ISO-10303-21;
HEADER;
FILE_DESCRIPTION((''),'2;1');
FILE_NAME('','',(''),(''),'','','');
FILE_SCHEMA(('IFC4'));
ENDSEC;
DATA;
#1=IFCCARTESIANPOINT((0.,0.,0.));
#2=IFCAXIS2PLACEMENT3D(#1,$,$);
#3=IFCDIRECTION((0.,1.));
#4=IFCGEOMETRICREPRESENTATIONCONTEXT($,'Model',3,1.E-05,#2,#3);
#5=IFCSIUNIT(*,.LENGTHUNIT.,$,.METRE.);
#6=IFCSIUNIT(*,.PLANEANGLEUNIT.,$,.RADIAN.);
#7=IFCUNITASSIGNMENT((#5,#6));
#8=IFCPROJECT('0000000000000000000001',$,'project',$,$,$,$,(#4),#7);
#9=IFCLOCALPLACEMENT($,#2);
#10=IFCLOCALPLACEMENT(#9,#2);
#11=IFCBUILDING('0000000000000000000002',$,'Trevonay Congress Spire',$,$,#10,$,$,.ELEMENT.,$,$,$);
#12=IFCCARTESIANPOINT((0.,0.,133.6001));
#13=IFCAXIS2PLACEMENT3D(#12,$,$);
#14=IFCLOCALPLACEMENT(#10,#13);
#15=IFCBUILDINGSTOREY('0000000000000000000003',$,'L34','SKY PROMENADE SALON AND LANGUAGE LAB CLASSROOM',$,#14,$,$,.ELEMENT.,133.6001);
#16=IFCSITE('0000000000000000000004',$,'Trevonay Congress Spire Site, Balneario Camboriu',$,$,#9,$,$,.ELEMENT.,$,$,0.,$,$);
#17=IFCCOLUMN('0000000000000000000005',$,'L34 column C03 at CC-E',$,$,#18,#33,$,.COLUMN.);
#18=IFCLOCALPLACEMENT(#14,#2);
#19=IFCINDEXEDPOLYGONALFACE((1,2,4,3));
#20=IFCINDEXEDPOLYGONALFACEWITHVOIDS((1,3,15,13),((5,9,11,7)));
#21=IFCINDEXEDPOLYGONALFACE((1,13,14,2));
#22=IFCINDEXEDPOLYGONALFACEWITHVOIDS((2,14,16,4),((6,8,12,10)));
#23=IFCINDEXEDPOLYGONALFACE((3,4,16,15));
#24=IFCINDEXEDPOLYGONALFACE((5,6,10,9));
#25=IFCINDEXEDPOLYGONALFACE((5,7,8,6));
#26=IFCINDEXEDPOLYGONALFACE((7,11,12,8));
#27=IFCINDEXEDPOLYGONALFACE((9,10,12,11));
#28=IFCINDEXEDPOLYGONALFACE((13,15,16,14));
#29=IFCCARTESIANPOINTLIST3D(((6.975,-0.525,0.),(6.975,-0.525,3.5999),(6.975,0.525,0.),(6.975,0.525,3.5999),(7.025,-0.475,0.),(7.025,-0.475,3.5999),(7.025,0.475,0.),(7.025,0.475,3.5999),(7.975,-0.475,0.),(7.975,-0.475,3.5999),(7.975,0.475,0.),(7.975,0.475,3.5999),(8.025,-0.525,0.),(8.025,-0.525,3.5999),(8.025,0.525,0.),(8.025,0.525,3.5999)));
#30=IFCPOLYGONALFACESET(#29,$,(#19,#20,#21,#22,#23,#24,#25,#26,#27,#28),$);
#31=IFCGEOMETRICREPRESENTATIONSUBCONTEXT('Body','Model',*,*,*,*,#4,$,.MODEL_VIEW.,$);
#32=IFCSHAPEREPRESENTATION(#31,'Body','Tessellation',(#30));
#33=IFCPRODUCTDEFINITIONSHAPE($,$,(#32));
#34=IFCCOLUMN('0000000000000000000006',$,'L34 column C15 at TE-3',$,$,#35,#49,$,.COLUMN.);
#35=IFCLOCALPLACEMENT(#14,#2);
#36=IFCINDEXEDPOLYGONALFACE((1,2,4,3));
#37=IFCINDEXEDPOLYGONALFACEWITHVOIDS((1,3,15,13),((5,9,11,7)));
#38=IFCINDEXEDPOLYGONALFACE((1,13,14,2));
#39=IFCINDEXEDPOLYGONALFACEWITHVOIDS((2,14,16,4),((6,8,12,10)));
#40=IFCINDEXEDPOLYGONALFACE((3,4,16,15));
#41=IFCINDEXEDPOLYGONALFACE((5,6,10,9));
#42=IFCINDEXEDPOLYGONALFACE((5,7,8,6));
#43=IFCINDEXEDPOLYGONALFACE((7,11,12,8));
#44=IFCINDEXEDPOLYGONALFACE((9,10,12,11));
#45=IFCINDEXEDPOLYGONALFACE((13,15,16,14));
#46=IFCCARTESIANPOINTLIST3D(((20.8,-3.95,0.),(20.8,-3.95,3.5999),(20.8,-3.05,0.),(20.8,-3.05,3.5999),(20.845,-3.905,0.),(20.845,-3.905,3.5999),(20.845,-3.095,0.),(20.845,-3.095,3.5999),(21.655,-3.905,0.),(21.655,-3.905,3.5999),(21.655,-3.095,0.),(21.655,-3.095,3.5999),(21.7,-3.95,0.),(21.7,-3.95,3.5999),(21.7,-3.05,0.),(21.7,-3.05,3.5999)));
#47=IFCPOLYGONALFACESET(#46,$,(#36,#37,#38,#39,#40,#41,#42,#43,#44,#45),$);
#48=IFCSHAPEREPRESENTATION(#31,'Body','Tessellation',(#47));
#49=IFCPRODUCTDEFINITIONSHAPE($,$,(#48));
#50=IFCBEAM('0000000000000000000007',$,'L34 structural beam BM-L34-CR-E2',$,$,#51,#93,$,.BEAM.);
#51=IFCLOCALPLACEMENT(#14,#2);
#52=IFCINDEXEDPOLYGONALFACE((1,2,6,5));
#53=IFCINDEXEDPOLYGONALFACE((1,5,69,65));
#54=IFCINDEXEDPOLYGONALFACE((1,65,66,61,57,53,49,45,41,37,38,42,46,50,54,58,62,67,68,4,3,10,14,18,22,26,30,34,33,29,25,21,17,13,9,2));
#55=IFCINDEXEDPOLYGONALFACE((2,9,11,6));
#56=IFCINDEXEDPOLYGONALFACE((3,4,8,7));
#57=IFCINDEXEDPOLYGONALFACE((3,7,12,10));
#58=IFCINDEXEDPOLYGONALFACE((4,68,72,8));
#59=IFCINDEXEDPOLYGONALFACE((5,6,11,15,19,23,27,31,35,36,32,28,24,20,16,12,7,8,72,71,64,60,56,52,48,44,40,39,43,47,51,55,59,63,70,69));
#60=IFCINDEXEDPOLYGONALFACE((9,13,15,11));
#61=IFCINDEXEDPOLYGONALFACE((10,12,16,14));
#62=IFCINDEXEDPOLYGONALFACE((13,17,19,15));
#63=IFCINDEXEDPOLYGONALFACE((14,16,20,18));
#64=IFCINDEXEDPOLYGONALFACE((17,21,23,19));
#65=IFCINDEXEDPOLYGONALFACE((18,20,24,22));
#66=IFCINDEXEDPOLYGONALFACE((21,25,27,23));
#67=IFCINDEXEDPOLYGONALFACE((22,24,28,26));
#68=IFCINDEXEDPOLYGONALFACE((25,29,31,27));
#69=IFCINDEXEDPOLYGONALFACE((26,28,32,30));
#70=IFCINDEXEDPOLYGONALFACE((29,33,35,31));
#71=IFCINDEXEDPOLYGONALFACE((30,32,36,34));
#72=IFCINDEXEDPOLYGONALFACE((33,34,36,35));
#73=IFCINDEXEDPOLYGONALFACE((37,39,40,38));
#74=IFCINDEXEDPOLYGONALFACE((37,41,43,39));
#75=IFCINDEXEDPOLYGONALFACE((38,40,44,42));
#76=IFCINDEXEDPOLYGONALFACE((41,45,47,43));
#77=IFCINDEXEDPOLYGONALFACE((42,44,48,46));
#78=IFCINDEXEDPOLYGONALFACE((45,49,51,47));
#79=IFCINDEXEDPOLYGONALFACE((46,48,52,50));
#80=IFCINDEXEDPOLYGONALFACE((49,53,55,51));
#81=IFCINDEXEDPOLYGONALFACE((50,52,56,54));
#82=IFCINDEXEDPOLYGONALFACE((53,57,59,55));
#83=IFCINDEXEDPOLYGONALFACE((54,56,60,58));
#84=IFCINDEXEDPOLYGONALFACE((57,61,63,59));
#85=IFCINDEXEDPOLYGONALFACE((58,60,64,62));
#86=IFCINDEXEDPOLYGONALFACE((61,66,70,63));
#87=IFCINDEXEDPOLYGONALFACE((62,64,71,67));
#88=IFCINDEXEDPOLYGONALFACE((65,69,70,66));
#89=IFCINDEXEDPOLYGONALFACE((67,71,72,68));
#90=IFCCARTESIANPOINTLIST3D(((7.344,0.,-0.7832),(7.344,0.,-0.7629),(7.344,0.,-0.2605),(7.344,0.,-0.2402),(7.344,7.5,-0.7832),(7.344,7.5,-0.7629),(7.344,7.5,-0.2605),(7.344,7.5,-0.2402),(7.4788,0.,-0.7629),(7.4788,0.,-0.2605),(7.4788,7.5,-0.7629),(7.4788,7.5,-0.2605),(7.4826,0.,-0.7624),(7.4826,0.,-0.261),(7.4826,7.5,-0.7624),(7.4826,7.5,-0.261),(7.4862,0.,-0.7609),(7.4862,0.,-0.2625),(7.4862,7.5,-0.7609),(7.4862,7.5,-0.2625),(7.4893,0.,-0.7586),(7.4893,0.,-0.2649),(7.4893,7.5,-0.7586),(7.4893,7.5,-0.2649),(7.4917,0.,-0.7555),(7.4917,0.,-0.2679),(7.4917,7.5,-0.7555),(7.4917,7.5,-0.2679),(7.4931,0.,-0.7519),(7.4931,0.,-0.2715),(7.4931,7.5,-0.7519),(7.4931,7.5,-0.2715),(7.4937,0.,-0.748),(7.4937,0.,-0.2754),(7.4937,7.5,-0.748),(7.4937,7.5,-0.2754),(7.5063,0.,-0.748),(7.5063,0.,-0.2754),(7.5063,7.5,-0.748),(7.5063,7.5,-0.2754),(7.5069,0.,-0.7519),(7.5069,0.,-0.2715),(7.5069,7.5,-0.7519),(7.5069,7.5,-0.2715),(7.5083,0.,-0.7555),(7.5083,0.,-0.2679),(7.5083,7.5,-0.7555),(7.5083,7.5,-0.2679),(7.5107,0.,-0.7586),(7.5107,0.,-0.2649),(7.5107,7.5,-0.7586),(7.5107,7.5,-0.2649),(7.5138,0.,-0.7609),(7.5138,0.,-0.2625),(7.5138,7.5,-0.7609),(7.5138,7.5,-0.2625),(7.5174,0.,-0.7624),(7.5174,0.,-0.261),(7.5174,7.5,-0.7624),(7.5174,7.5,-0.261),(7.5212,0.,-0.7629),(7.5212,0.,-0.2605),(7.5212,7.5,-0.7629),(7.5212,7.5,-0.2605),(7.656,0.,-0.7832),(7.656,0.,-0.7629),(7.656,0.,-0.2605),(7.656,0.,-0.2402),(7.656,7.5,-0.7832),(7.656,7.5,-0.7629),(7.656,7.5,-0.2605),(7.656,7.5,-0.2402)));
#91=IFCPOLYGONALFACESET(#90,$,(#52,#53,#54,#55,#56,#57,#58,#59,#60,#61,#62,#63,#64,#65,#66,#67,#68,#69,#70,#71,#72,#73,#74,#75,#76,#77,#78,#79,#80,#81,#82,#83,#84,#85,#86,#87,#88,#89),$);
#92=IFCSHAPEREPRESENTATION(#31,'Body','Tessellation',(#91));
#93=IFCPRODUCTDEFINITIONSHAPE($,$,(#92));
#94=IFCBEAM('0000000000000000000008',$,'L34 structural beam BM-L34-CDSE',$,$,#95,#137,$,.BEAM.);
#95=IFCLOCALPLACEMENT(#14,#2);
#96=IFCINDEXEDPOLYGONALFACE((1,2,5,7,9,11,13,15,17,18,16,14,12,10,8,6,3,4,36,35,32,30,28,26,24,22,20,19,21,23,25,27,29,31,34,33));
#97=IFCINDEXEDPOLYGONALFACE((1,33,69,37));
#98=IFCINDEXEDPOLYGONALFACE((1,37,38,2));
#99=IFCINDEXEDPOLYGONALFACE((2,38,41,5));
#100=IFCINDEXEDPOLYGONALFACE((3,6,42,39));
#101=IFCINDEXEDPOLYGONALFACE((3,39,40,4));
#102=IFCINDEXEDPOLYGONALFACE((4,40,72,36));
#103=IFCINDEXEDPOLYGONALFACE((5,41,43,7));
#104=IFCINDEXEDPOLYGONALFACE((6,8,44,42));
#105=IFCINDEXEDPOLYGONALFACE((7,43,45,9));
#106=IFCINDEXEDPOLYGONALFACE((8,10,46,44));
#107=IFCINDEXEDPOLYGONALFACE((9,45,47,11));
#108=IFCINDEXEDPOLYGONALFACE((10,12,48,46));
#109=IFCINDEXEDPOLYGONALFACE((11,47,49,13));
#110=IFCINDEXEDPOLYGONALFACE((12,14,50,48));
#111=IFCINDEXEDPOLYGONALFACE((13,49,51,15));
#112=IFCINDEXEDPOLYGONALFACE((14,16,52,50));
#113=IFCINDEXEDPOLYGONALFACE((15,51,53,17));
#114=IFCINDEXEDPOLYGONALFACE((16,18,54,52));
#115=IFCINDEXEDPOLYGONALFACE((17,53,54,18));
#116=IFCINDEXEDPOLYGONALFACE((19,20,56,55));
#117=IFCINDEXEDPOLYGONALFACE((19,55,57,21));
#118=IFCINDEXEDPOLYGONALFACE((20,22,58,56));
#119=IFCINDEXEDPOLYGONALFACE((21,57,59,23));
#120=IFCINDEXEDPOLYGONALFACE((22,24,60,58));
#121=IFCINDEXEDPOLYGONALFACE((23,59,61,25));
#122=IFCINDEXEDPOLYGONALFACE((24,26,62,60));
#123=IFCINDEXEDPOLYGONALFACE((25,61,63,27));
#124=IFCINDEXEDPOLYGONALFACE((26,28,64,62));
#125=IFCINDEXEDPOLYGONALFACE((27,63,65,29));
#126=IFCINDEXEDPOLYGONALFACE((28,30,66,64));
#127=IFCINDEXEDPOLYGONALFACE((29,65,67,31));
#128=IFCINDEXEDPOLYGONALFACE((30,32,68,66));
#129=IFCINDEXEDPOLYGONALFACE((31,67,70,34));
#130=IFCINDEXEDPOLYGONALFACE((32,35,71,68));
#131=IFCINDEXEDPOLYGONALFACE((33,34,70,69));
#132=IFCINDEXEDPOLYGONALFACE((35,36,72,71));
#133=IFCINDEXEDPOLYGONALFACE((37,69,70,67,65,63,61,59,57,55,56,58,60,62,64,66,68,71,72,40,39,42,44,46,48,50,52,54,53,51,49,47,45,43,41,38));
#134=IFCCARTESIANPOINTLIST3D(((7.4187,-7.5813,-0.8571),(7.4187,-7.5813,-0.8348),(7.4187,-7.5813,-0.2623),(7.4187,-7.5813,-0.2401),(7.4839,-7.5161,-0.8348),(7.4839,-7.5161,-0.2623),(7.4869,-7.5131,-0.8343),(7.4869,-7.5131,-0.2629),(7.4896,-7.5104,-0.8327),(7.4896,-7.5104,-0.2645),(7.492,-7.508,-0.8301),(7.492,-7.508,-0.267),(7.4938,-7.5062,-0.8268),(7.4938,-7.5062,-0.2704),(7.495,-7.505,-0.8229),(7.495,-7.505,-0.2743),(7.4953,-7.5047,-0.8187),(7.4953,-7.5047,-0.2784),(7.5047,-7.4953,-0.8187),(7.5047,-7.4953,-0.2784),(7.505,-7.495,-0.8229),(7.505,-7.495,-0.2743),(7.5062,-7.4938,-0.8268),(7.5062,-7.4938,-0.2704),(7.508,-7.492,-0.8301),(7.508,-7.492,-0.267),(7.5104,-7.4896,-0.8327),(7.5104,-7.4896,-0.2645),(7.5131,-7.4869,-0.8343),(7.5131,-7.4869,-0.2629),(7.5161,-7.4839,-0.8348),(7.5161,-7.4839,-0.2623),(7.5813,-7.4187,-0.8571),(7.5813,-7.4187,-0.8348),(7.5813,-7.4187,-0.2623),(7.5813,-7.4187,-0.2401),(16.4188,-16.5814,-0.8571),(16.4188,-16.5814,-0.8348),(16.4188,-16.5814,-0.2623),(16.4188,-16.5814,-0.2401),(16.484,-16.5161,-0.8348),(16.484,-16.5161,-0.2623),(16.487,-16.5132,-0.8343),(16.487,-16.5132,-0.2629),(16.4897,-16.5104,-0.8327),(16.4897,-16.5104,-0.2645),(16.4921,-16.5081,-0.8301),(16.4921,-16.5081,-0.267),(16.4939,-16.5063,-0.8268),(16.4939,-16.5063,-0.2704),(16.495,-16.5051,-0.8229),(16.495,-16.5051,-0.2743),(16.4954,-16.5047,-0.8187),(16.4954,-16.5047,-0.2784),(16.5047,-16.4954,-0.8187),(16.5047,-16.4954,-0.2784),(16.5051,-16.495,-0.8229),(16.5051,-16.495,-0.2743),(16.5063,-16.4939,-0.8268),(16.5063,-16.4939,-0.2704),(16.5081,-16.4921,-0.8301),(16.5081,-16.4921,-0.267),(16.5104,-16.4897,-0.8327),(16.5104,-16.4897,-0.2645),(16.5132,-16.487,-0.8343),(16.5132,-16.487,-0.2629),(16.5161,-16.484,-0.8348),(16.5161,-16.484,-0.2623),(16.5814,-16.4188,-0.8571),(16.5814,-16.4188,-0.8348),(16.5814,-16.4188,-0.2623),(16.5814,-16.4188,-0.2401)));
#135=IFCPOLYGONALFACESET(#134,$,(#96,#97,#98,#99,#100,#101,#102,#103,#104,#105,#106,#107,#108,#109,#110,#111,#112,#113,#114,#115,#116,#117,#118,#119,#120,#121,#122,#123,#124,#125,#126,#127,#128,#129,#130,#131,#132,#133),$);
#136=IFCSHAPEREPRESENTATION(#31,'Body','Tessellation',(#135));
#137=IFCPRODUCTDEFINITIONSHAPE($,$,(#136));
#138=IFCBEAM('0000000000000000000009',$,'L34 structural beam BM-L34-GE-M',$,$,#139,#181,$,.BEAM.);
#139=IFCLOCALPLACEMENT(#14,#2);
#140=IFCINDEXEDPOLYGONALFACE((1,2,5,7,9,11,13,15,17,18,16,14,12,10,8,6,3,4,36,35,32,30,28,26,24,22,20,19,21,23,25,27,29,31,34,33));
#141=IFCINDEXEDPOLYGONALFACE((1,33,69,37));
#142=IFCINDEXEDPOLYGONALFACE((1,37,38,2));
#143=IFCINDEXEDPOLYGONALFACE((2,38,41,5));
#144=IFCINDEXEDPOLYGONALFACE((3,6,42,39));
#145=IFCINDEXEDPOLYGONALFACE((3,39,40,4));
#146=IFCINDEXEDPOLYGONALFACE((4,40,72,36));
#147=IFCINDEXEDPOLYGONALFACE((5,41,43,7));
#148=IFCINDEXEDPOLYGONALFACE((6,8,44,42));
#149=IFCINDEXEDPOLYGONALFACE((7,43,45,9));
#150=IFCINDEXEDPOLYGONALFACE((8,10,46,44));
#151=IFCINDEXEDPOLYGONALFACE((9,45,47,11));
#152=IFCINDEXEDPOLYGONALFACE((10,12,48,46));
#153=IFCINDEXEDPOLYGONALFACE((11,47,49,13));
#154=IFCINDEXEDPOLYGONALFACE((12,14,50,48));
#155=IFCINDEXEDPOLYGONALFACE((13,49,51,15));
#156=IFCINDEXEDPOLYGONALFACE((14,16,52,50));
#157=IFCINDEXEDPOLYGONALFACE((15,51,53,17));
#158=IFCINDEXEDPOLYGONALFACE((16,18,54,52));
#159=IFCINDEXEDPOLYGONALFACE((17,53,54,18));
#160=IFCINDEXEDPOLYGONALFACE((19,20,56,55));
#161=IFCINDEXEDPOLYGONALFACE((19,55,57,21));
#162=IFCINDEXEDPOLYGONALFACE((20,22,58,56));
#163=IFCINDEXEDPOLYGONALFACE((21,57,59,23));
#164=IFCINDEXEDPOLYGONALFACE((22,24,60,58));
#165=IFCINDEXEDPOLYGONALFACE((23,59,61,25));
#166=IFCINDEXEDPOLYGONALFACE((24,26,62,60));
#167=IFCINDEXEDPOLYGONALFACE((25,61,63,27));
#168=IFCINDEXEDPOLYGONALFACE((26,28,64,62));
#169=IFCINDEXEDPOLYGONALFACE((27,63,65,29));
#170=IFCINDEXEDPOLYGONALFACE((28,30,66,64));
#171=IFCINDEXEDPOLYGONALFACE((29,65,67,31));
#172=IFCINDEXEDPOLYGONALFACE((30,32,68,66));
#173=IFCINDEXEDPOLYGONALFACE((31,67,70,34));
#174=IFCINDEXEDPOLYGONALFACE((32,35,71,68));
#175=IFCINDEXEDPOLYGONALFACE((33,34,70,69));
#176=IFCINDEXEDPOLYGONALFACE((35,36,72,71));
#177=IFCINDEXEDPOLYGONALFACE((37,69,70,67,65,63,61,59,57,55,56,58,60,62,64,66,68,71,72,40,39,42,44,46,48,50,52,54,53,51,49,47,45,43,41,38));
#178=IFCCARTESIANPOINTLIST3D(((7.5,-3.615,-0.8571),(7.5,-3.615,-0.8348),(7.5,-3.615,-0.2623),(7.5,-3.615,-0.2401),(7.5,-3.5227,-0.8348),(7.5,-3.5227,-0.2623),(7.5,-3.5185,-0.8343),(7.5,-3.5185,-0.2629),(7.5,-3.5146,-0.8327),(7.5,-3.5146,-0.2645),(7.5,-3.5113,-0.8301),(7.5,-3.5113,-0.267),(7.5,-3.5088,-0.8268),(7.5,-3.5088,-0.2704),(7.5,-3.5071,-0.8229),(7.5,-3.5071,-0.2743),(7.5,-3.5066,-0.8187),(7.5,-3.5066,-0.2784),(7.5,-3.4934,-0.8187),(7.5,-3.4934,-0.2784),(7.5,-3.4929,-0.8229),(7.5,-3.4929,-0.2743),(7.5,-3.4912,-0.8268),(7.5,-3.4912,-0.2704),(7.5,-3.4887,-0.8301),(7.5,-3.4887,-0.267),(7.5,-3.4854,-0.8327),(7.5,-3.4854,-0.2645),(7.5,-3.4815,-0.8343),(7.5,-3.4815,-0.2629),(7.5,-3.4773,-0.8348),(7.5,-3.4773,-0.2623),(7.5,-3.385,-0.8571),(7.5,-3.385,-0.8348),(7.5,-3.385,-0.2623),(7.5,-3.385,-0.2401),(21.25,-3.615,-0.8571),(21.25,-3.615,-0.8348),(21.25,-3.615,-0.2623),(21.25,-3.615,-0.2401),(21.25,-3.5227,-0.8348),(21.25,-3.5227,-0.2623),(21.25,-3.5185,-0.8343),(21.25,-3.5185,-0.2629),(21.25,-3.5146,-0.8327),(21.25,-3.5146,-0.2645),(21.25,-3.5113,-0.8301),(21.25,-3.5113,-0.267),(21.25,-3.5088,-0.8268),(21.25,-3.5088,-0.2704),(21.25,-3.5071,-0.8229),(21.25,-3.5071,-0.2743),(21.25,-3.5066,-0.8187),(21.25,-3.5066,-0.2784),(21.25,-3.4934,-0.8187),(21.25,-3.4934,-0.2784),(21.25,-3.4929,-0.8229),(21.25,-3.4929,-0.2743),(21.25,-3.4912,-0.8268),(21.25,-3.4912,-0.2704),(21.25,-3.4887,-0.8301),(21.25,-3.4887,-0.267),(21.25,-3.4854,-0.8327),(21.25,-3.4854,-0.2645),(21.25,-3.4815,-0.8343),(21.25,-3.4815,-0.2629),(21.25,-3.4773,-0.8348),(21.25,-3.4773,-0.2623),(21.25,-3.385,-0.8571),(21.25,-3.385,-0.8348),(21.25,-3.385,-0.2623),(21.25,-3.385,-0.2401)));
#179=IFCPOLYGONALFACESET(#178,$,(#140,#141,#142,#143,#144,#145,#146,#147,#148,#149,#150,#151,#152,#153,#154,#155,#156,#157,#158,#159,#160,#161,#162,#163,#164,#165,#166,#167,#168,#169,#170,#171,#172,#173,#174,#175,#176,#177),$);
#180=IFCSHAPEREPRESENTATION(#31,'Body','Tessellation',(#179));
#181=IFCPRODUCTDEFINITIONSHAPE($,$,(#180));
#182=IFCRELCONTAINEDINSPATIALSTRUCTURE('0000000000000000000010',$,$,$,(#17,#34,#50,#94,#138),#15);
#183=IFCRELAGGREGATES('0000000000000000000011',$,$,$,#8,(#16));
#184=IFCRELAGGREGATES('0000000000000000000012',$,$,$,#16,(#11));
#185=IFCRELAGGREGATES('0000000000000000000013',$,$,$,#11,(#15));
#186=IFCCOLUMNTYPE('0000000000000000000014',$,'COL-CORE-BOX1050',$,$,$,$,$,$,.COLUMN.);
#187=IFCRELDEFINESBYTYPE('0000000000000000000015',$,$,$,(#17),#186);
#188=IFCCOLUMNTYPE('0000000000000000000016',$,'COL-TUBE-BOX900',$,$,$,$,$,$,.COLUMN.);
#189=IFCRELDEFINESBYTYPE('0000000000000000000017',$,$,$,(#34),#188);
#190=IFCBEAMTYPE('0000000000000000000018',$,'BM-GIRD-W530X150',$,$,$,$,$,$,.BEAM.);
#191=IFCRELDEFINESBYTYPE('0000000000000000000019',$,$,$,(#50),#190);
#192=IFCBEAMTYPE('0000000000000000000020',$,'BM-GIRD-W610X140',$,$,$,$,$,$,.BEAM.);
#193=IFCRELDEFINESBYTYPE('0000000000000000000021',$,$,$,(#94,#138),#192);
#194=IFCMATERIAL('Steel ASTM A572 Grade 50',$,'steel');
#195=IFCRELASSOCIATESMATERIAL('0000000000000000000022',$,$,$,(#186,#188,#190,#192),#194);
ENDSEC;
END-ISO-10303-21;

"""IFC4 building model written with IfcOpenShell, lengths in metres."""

from ifc_helpers import new_model, si_unit, direction, frame, origin, origin_2d, place, context, subcontext, project, spatial, hollow_rectangle, i_section, extrude, material, material_profile, profile_set, type_object, element, save


model = new_model("IFC4")

# Units and contexts
model_context = context("Model", 3, precision=1e-05, world=origin(), true_north=direction((0.0, 1.0)))
body_context = subcontext(model_context, "Body", "Model", "MODEL_VIEW")
ifc_project = project(units=[si_unit("LENGTHUNIT", "METRE"), si_unit("PLANEANGLEUNIT", "RADIAN")], contexts=[model_context])

# Site, building, storey
site_placement = place(None, origin())
site = spatial("IfcSite", under=ifc_project, at=site_placement, Name="Trevonay Congress Spire Site, Balneario Camboriu", CompositionType="ELEMENT", RefElevation=0.0)
building_placement = place(site_placement, origin())
building = spatial("IfcBuilding", under=site, at=building_placement, Name="Trevonay Congress Spire", CompositionType="ELEMENT")
storey_placement = place(building_placement, frame((0.0, 0.0, 133.6001)))
storey = spatial("IfcBuildingStorey", under=building, at=storey_placement, Name="L34", Description="SKY PROMENADE SALON AND LANGUAGE LAB CLASSROOM", CompositionType="ELEMENT", Elevation=133.6001)

# Columns
ifc_material_1 = material(Name="Steel ASTM A572 Grade 50", Category="steel")
ifc_material_profile_1 = material_profile(ifc_material_1, hollow_rectangle(XDim=1.05, YDim=1.05, WallThickness=0.05, at=origin_2d()), Name="BOX 1050x1050x50")
ifc_profile_set_1 = profile_set([ifc_material_profile_1], Name="Steel ASTM A572 Grade 50")
column_type_1 = type_object("IfcColumnType", Name="COL-CORE-BOX1050", PredefinedType="COLUMN", material=ifc_profile_set_1)
column_1_placement = place(storey_placement, frame((7.5, 0.0, 0.0), z_axis=(0.0, 0.0, 1.0), x_axis=(1.0, 0.0, 0.0)))
element("IfcColumn", 1, at=column_1_placement, inside=storey, type_object=column_type_1, Name="L34 column C03 at CC-E", PredefinedType="COLUMN", context=body_context, shape_type="SweptSolid", body=[
    extrude(hollow_rectangle(XDim=1.05, YDim=1.05, WallThickness=0.05, at=origin_2d()), origin(), (0.0, 0.0, 1.0), 3.5999),
])
ifc_material_profile_2 = material_profile(ifc_material_1, hollow_rectangle(XDim=0.8999, YDim=0.8999, WallThickness=0.0449, at=origin_2d()), Name="BOX 900x900x45")
ifc_profile_set_2 = profile_set([ifc_material_profile_2], Name="Steel ASTM A572 Grade 50")
column_type_2 = type_object("IfcColumnType", Name="COL-TUBE-BOX900", PredefinedType="COLUMN", material=ifc_profile_set_2)
column_2_placement = place(storey_placement, frame((21.25, -3.5, 0.0), z_axis=(0.0, 0.0, 1.0), x_axis=(1.0, 0.0, 0.0)))
element("IfcColumn", 2, at=column_2_placement, inside=storey, type_object=column_type_2, Name="L34 column C15 at TE-3", PredefinedType="COLUMN", context=body_context, shape_type="SweptSolid", body=[
    extrude(hollow_rectangle(XDim=0.8999, YDim=0.8999, WallThickness=0.0449, at=origin_2d()), origin(), (0.0, 0.0, 1.0), 3.5999),
])

# Beams
ifc_material_profile_3 = material_profile(ifc_material_1, i_section(OverallWidth=0.312, OverallDepth=0.543, WebThickness=0.0127, FlangeThickness=0.0203, FilletRadius=0.0149, at=origin_2d()), Name="W530x150")
ifc_profile_set_3 = profile_set([ifc_material_profile_3], Name="Steel ASTM A572 Grade 50")
beam_type_1 = type_object("IfcBeamType", Name="BM-GIRD-W530X150", PredefinedType="BEAM", material=ifc_profile_set_3)
beam_1_placement = place(storey_placement, frame((7.5, 0.0, -0.5117), z_axis=(0.0, 1.0, 0.0), x_axis=(-1.0, 0.0, 0.0)))
element("IfcBeam", 3, at=beam_1_placement, inside=storey, type_object=beam_type_1, Name="L34 structural beam BM-L34-CR-E2", PredefinedType="BEAM", context=body_context, shape_type="SweptSolid", body=[
    extrude(i_section(OverallWidth=0.312, OverallDepth=0.543, WebThickness=0.0127, FlangeThickness=0.0203, FilletRadius=0.0149, at=origin_2d()), origin(), (0.0, 0.0, 1.0), 7.5),
])
ifc_material_profile_4 = material_profile(ifc_material_1, i_section(OverallWidth=0.23, OverallDepth=0.6169, WebThickness=0.0132, FlangeThickness=0.0222, FilletRadius=0.0161, at=origin_2d()), Name="W610x140")
ifc_profile_set_4 = profile_set([ifc_material_profile_4], Name="Steel ASTM A572 Grade 50")
beam_type_2 = type_object("IfcBeamType", Name="BM-GIRD-W610X140", PredefinedType="BEAM", material=ifc_profile_set_4)
beam_2_placement = place(storey_placement, frame((7.5, -7.5, -0.5486), z_axis=(0.707107, -0.707107, 0.0), x_axis=(0.707107, 0.707107, 0.0)))
element("IfcBeam", 4, at=beam_2_placement, inside=storey, type_object=beam_type_2, Name="L34 structural beam BM-L34-CDSE", PredefinedType="BEAM", context=body_context, shape_type="SweptSolid", body=[
    extrude(i_section(OverallWidth=0.23, OverallDepth=0.6169, WebThickness=0.0132, FlangeThickness=0.0222, FilletRadius=0.0161, at=origin_2d()), origin(), (0.0, 0.0, 1.0), 12.728),
])
beam_3_placement = place(storey_placement, frame((7.5, -3.5, -0.5486), z_axis=(1.0, 0.0, 0.0), x_axis=(0.0, 1.0, 0.0)))
element("IfcBeam", 5, at=beam_3_placement, inside=storey, type_object=beam_type_2, Name="L34 structural beam BM-L34-GE-M", PredefinedType="BEAM", context=body_context, shape_type="SweptSolid", body=[
    extrude(i_section(OverallWidth=0.23, OverallDepth=0.6169, WebThickness=0.0132, FlangeThickness=0.0222, FilletRadius=0.0161, at=origin_2d()), origin(), (0.0, 0.0, 1.0), 13.75),
])

save(model, "model.ifc")
